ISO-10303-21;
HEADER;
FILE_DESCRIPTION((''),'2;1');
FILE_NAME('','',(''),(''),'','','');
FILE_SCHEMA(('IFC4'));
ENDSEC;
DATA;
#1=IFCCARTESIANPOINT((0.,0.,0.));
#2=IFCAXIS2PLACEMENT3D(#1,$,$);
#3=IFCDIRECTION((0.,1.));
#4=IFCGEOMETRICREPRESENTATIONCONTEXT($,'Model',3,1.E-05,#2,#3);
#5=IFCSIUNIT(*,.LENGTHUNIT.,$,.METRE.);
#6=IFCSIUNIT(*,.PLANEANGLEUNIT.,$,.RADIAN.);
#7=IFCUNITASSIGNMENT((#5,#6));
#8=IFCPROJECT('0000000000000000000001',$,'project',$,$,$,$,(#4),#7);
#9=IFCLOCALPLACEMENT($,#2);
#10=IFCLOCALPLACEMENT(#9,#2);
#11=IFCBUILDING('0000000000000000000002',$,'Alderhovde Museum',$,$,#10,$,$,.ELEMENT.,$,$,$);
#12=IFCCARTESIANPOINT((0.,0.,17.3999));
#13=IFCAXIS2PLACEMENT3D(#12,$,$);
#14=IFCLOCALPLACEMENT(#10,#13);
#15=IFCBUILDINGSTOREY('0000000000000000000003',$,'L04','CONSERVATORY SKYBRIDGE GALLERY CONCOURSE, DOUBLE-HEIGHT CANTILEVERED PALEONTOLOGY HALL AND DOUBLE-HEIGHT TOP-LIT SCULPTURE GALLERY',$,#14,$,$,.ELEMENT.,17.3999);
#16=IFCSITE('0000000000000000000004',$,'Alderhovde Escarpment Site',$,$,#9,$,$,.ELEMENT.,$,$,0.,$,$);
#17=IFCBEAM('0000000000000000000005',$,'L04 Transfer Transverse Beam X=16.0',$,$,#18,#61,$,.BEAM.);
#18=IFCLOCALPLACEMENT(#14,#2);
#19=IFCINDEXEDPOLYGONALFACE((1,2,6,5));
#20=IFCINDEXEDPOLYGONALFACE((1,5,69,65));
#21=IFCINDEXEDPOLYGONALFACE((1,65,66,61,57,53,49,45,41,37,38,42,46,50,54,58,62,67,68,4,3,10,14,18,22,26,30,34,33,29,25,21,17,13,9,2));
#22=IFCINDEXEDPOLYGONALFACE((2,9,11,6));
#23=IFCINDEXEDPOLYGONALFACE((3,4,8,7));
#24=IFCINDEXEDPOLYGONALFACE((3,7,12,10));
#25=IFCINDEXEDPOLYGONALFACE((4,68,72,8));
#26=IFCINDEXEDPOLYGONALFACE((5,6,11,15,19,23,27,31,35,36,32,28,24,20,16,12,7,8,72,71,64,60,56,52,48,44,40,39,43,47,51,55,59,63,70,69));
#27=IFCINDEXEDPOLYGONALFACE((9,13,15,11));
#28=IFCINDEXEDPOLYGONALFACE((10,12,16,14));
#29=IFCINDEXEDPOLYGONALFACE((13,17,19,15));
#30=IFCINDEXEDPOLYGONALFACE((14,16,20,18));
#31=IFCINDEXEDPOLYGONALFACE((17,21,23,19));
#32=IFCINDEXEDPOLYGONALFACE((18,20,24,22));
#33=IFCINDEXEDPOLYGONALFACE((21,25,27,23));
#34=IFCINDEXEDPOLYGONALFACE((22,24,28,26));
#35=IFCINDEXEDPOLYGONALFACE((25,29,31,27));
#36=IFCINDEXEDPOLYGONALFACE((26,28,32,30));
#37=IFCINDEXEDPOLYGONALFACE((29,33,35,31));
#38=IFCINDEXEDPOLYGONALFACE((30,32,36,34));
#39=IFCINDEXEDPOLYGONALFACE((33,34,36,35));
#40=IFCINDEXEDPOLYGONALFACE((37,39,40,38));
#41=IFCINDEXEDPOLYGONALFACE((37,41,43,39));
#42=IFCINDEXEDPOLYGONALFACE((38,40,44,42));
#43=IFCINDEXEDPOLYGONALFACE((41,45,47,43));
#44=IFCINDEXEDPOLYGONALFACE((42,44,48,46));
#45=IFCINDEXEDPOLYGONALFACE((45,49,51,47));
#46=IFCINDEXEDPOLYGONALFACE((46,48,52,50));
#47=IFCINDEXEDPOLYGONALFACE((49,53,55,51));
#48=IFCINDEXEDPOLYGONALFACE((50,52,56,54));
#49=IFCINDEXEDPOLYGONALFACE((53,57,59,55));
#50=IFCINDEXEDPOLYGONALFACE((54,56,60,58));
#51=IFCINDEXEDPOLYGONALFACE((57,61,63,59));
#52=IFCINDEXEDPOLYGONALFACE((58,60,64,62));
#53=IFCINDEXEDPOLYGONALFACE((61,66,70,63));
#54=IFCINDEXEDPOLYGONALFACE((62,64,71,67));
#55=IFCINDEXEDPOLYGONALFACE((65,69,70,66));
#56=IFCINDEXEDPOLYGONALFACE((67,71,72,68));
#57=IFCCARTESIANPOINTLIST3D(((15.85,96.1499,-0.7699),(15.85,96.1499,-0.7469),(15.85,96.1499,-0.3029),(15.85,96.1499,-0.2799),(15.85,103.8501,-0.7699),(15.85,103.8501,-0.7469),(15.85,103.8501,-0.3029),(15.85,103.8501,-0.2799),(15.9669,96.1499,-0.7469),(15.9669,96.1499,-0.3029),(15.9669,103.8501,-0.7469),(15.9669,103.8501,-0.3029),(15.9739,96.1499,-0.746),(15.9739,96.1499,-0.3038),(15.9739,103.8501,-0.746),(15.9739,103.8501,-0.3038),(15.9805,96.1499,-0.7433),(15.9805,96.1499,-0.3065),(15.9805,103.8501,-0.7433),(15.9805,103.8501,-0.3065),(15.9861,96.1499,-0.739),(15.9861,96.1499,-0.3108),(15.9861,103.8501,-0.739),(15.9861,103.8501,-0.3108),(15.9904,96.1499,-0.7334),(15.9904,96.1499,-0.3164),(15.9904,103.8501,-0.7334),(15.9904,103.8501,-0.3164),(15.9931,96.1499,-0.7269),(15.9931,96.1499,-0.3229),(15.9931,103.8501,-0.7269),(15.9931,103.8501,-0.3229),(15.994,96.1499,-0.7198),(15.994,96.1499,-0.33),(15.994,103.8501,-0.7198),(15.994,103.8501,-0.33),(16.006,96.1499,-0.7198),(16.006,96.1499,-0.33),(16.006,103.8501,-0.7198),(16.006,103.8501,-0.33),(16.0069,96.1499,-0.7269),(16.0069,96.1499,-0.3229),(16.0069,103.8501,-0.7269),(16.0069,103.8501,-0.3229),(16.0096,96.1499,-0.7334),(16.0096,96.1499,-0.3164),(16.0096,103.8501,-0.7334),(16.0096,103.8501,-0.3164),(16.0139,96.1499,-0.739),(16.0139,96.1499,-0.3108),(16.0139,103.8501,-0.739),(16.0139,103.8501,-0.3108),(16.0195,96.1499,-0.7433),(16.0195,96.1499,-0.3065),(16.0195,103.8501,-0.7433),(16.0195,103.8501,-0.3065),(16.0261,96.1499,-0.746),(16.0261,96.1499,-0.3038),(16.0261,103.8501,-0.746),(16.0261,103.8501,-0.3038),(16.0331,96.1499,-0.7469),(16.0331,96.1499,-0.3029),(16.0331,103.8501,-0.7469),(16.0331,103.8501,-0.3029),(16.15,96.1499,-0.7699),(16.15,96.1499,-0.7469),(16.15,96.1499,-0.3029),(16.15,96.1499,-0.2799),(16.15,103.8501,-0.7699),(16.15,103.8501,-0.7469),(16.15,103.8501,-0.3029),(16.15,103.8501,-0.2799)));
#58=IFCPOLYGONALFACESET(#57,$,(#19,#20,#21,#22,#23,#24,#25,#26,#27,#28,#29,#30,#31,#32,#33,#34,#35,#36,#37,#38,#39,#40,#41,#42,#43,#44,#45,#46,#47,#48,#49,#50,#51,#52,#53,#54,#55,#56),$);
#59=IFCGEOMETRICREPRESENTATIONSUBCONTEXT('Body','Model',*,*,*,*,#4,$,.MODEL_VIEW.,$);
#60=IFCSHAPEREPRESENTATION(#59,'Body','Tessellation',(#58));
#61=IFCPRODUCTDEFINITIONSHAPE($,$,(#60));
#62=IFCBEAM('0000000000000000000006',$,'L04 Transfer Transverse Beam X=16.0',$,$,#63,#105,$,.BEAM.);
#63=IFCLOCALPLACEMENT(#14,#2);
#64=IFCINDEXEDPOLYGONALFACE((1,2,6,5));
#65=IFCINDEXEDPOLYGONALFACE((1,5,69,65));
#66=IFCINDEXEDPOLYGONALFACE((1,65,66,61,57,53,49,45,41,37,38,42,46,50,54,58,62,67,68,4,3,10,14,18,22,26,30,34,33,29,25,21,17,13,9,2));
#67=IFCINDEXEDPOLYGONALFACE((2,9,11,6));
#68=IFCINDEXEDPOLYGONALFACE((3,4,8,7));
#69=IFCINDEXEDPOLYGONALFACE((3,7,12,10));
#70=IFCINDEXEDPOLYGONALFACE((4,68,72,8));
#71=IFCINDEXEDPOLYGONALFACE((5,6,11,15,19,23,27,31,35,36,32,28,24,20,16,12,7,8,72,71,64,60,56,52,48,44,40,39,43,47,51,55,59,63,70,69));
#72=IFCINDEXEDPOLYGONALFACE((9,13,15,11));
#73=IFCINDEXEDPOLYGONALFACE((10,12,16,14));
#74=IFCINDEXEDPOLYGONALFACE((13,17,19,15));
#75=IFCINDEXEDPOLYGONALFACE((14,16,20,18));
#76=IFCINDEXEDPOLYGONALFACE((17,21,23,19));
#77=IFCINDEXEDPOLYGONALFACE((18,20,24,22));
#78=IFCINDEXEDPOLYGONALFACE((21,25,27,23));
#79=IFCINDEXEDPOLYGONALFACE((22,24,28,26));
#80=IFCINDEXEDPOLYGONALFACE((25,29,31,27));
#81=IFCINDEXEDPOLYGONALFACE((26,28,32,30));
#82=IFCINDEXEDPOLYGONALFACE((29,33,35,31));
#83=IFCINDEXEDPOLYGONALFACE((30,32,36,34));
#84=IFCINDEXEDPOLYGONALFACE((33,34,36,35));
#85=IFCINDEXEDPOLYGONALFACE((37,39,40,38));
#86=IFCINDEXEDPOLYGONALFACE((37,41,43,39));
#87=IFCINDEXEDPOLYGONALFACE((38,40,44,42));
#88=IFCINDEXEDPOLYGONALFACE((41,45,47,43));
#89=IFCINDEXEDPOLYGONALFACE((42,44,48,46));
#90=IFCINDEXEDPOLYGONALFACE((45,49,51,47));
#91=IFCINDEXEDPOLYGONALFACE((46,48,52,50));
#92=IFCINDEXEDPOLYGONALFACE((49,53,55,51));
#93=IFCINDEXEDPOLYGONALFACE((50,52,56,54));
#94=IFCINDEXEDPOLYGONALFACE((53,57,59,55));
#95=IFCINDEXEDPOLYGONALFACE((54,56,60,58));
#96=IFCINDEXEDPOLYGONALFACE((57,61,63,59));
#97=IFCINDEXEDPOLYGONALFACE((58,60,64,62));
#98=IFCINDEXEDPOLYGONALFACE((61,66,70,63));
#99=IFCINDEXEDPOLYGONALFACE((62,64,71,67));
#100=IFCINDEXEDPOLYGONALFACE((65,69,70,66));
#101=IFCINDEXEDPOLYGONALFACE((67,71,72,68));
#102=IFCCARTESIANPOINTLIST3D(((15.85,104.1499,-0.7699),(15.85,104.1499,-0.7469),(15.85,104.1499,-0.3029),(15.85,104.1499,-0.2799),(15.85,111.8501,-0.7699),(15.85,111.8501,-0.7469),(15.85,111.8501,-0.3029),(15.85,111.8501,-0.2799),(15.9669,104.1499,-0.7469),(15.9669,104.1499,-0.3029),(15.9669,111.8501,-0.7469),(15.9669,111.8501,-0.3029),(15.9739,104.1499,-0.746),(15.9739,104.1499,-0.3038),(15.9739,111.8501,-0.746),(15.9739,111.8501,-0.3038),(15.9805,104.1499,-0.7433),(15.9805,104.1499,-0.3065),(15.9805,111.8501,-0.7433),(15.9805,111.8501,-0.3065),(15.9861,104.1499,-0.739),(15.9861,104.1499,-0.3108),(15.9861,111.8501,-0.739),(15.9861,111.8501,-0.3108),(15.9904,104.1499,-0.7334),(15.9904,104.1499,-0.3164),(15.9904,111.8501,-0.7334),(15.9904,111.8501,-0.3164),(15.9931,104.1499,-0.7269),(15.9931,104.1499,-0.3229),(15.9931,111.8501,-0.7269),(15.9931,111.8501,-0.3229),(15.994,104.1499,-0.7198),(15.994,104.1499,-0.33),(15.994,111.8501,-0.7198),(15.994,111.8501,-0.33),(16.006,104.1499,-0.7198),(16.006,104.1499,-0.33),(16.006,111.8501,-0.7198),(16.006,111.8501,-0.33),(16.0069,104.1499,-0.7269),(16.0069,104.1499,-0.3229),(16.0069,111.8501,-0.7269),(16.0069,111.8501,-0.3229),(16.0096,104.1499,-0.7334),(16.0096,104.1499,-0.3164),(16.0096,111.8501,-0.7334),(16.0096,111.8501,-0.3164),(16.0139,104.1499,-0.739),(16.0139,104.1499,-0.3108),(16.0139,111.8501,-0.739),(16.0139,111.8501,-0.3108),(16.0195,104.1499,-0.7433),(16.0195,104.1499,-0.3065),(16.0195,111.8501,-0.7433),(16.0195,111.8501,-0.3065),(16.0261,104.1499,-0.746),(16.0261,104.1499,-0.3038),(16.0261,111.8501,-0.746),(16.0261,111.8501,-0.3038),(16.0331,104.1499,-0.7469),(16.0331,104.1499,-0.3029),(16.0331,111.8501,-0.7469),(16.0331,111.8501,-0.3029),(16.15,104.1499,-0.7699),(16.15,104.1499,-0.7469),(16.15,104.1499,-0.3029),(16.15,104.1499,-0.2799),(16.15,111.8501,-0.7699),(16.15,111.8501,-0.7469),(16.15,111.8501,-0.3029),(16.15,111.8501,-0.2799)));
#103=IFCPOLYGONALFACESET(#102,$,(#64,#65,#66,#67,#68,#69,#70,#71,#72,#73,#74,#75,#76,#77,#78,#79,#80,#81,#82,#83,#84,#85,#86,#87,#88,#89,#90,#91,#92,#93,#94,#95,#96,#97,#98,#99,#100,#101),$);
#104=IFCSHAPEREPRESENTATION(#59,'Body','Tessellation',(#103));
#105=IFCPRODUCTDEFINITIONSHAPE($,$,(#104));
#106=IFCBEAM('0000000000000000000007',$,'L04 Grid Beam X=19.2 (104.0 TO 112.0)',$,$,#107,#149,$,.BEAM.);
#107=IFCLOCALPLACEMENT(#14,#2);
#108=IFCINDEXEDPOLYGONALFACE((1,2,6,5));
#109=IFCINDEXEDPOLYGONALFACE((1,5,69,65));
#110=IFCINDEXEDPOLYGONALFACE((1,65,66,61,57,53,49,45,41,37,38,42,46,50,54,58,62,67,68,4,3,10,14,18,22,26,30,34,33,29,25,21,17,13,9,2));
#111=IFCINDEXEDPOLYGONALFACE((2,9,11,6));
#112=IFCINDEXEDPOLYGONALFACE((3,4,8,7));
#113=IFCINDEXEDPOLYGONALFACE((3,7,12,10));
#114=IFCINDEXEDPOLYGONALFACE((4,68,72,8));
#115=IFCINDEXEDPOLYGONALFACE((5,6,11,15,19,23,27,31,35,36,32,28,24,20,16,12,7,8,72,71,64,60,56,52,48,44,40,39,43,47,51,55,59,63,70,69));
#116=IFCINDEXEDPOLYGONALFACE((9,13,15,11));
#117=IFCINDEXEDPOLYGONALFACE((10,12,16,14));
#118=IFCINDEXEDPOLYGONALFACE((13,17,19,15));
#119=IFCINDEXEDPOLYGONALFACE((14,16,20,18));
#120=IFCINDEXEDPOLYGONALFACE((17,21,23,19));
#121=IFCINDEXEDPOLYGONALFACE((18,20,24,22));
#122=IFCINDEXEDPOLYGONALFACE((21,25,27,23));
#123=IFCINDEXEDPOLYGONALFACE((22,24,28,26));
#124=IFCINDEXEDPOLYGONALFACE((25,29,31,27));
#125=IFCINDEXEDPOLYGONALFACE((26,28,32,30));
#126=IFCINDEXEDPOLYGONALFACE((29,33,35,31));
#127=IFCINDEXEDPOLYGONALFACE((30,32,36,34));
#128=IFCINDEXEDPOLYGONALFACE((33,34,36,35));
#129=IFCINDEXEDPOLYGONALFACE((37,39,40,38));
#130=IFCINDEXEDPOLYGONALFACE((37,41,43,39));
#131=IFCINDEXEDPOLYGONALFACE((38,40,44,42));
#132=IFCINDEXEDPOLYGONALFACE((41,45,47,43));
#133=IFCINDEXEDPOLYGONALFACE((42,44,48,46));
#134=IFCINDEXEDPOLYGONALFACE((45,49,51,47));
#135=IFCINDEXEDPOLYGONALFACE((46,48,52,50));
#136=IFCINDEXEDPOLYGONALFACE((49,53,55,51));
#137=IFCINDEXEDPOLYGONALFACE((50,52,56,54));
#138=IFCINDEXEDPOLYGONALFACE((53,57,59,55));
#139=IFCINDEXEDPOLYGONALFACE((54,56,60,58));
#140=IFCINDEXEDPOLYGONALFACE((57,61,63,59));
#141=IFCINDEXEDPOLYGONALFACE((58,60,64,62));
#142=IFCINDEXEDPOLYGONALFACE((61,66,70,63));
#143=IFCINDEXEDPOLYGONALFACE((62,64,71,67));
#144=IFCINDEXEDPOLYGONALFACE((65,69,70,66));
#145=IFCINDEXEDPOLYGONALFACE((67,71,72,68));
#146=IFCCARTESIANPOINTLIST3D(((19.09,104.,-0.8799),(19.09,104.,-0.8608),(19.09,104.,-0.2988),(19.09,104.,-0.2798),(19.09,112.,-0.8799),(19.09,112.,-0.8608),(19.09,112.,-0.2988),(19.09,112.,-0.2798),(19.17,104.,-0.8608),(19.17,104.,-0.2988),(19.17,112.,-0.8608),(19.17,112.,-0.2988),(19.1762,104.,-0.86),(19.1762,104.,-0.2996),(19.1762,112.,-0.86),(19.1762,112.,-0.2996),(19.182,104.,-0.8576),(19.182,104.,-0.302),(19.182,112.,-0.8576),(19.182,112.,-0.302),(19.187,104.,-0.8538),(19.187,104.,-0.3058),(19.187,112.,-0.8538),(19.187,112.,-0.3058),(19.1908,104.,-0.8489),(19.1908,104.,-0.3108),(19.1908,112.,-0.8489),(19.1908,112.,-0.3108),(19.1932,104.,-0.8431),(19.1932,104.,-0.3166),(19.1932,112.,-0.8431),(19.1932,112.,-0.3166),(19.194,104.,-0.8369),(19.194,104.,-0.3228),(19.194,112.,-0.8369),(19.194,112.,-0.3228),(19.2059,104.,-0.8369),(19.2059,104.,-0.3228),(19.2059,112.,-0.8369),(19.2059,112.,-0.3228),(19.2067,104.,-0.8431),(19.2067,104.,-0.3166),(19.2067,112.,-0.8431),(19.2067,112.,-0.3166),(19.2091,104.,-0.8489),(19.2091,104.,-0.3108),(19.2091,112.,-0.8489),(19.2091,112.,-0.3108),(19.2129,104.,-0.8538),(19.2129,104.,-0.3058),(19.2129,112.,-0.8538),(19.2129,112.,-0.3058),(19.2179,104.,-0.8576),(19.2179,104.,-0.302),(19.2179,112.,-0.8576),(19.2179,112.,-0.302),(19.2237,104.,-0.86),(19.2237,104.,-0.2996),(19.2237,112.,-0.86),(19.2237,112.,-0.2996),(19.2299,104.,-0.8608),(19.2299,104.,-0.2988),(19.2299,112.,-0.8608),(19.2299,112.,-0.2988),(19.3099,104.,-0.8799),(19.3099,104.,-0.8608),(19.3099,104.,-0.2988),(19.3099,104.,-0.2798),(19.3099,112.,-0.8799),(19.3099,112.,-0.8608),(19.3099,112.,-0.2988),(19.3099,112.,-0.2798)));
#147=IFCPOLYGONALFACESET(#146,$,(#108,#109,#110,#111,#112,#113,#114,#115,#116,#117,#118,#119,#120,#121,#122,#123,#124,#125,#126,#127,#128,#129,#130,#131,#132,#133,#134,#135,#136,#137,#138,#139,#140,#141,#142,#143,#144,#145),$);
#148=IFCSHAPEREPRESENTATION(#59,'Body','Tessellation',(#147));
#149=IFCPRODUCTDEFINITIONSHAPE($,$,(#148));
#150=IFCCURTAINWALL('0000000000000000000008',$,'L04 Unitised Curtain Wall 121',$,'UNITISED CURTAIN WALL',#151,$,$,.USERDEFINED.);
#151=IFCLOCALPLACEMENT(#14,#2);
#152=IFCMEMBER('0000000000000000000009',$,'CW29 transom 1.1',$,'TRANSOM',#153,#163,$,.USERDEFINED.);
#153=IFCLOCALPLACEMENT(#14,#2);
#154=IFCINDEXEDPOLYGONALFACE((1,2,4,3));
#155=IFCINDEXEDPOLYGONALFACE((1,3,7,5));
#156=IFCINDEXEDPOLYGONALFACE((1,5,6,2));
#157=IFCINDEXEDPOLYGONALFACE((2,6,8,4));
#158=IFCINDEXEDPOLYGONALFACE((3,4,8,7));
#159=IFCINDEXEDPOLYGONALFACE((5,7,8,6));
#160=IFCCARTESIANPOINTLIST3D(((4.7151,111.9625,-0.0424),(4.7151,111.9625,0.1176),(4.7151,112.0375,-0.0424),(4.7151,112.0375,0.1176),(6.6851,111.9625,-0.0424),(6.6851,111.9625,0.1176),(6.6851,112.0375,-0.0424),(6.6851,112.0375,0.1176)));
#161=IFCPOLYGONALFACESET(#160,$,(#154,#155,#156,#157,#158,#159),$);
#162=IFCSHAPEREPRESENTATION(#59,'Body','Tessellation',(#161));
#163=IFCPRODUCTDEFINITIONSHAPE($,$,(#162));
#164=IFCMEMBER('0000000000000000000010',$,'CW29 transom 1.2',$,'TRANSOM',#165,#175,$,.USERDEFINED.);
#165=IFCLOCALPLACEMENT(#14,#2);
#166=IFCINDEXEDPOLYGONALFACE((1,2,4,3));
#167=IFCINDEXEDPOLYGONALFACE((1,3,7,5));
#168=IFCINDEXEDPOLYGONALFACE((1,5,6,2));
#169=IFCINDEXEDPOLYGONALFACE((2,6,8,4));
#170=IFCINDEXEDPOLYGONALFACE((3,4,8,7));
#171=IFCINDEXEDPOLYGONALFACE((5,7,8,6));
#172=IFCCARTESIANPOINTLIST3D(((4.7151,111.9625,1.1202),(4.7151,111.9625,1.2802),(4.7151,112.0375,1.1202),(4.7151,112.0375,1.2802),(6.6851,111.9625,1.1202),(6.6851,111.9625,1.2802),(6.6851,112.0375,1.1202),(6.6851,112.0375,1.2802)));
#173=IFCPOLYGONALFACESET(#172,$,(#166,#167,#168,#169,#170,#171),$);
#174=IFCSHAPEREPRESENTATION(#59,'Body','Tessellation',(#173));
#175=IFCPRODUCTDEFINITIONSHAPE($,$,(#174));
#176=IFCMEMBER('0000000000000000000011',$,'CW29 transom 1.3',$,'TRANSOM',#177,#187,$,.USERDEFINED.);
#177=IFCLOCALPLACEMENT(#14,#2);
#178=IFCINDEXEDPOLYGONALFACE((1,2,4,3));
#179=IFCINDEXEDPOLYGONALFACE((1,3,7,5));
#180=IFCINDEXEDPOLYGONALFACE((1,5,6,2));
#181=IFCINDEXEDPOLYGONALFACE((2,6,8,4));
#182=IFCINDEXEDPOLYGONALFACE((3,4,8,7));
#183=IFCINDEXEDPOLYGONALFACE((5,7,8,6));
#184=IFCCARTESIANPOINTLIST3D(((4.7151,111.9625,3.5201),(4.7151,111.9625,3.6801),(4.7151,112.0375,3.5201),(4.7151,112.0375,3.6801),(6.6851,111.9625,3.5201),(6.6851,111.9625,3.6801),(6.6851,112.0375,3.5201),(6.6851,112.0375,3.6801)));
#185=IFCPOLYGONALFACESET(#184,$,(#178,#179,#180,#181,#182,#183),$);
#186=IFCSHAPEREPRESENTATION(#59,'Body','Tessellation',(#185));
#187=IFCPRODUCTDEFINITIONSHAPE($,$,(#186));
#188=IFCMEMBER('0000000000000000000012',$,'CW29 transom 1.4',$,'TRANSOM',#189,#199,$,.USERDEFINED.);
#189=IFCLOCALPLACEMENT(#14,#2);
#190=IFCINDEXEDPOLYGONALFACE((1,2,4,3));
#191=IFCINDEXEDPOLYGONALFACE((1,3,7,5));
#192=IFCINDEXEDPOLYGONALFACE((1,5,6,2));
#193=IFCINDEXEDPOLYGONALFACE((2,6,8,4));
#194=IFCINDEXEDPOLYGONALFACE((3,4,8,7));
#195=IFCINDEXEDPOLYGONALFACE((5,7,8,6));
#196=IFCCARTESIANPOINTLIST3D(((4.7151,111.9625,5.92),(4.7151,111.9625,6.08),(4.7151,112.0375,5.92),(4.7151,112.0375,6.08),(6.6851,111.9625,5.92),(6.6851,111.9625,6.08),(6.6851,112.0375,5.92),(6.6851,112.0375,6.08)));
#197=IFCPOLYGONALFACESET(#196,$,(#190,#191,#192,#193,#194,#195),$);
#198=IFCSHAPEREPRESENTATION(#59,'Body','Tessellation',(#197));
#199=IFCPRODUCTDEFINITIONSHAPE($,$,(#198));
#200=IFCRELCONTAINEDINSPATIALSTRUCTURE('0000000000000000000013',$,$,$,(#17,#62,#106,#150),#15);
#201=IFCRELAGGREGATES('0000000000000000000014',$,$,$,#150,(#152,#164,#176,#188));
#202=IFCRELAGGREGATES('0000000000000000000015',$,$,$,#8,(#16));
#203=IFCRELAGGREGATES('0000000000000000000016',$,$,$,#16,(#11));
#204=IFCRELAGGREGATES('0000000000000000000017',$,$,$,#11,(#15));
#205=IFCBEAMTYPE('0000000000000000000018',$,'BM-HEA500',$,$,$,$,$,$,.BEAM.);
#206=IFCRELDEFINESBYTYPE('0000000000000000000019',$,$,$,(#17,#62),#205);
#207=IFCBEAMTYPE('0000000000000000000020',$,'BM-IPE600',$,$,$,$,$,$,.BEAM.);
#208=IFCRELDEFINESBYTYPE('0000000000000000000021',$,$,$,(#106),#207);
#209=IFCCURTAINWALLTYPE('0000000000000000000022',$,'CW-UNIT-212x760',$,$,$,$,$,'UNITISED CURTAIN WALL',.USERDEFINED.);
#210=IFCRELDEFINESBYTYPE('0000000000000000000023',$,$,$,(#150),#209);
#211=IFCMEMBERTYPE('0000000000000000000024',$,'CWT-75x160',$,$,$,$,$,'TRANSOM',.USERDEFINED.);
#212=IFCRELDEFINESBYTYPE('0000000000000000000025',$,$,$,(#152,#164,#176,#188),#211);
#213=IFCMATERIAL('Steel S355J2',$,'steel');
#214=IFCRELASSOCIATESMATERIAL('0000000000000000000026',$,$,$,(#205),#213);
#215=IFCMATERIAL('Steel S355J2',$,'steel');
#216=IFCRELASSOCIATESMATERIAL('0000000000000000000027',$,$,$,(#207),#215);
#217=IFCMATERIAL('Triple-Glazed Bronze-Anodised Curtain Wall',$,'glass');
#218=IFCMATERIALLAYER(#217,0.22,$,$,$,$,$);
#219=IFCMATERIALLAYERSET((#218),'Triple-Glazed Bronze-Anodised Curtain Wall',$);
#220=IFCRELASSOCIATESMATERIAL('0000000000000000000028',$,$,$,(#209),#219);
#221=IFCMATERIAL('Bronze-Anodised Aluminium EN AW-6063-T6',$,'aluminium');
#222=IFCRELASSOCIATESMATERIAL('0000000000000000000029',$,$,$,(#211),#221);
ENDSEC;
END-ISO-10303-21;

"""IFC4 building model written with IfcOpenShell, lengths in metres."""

from ifc_helpers import new_model, si_unit, direction, frame, origin, origin_2d, place, context, subcontext, project, spatial, rectangle, i_section, extrude, material, layer, layer_set, material_profile, profile_set, type_object, element, aggregate, save


model = new_model("IFC4")

# Units and contexts
model_context = context("Model", 3, precision=1e-05, world=origin(), true_north=direction((0.0, 1.0)))
body_context = subcontext(model_context, "Body", "Model", "MODEL_VIEW")
ifc_project = project(units=[si_unit("LENGTHUNIT", "METRE"), si_unit("PLANEANGLEUNIT", "RADIAN")], contexts=[model_context])

# Site, building, storey
site_placement = place(None, origin())
site = spatial("IfcSite", under=ifc_project, at=site_placement, Name="Alderhovde Escarpment Site", CompositionType="ELEMENT", RefElevation=0.0)
building_placement = place(site_placement, origin())
building = spatial("IfcBuilding", under=site, at=building_placement, Name="Alderhovde Museum", CompositionType="ELEMENT")
storey_placement = place(building_placement, frame((0.0, 0.0, 17.3999)))
storey = spatial("IfcBuildingStorey", under=building, at=storey_placement, Name="L04", Description="CONSERVATORY SKYBRIDGE GALLERY CONCOURSE, DOUBLE-HEIGHT CANTILEVERED PALEONTOLOGY HALL AND DOUBLE-HEIGHT TOP-LIT SCULPTURE GALLERY", CompositionType="ELEMENT", Elevation=17.3999)

# Beams
ifc_material_1 = material(Name="Steel S355J2", Category="steel")
ifc_material_profile_1 = material_profile(ifc_material_1, i_section(OverallWidth=0.3, OverallDepth=0.49, WebThickness=0.012, FlangeThickness=0.0229, FilletRadius=0.0271, at=origin_2d()), Name="HEA 500")
ifc_profile_set_1 = profile_set([ifc_material_profile_1], Name="Steel S355J2")
beam_type_1 = type_object("IfcBeamType", Name="BM-HEA500", PredefinedType="BEAM", material=ifc_profile_set_1)
for number, where, z_axis, x_axis, name in (
    (1, (16.0, 96.1499, -0.5249), (0.0, 1.0, 0.0), (-1.0, 0.0, 0.0), "L04 Transfer Transverse Beam X=16.0"),
    (2, (16.0, 104.1499, -0.5249), (0.0, 1.0, 0.0), (-1.0, 0.0, 0.0), "L04 Transfer Transverse Beam X=16.0"),
):
    element("IfcBeam", number, at=place(storey_placement, frame(where, z_axis=z_axis, x_axis=x_axis)), inside=storey, type_object=beam_type_1, Name=name, PredefinedType="BEAM", context=body_context, shape_type="SweptSolid", body=[
        extrude(i_section(OverallWidth=0.3, OverallDepth=0.49, WebThickness=0.012, FlangeThickness=0.0229, FilletRadius=0.0271, at=origin_2d()), origin(), (0.0, 0.0, 1.0), 7.7002),
    ])
ifc_material_2 = material(Name="Steel S355J2", Category="steel")
ifc_material_profile_2 = material_profile(ifc_material_2, i_section(OverallWidth=0.22, OverallDepth=0.6001, WebThickness=0.012, FlangeThickness=0.019, FilletRadius=0.0239, at=origin_2d()), Name="IPE 600")
ifc_profile_set_2 = profile_set([ifc_material_profile_2], Name="Steel S355J2")
beam_type_2 = type_object("IfcBeamType", Name="BM-IPE600", PredefinedType="BEAM", material=ifc_profile_set_2)
beam_1_placement = place(storey_placement, frame((19.2, 104.0, -0.5798), z_axis=(0.0, 1.0, 0.0), x_axis=(-1.0, 0.0, 0.0)))
element("IfcBeam", 3, at=beam_1_placement, inside=storey, type_object=beam_type_2, Name="L04 Grid Beam X=19.2 (104.0 TO 112.0)", PredefinedType="BEAM", context=body_context, shape_type="SweptSolid", body=[
    extrude(i_section(OverallWidth=0.22, OverallDepth=0.6001, WebThickness=0.012, FlangeThickness=0.019, FilletRadius=0.0239, at=origin_2d()), origin(), (0.0, 0.0, 1.0), 8.0),
])

# Curtain wall, members
ifc_material_3 = material(Name="Triple-Glazed Bronze-Anodised Curtain Wall", Category="glass")
ifc_layer_1 = layer(ifc_material_3, 0.22)
ifc_layer_set_1 = layer_set([ifc_layer_1], Name="Triple-Glazed Bronze-Anodised Curtain Wall")
curtain_wall_type = type_object("IfcCurtainWallType", Name="CW-UNIT-212x760", ElementType="UNITISED CURTAIN WALL", PredefinedType="USERDEFINED", material=ifc_layer_set_1)
curtain_wall_placement = place(storey_placement, origin())
curtain_wall = element("IfcCurtainWall", 4, at=curtain_wall_placement, inside=storey, type_object=curtain_wall_type, Name="L04 Unitised Curtain Wall 121", ObjectType="UNITISED CURTAIN WALL", PredefinedType="USERDEFINED")
ifc_material_4 = material(Name="Bronze-Anodised Aluminium EN AW-6063-T6", Category="aluminium")
ifc_material_profile_3 = material_profile(ifc_material_4, rectangle(XDim=0.075, YDim=0.1599, at=origin_2d()), Name="TRANSOM 75x160")
ifc_profile_set_3 = profile_set([ifc_material_profile_3], Name="Bronze-Anodised Aluminium EN AW-6063-T6")
member_type_1 = type_object("IfcMemberType", Name="CWT-75x160", ElementType="TRANSOM", PredefinedType="USERDEFINED", material=ifc_profile_set_3)
member_1_placement = place(storey_placement, frame((4.7151, 112.0, 0.0376), z_axis=(1.0, 0.0, 0.0), x_axis=(0.0, 1.0, 0.0)))
member_1 = element("IfcMember", 5, at=member_1_placement, type_object=member_type_1, Name="CW29 transom 1.1", ObjectType="TRANSOM", PredefinedType="USERDEFINED", context=body_context, shape_type="SweptSolid", body=[
    extrude(rectangle(XDim=0.075, YDim=0.1599, at=origin_2d()), origin(), (0.0, 0.0, 1.0), 1.97),
])
member_2_placement = place(storey_placement, frame((4.7151, 112.0, 1.2002), z_axis=(1.0, 0.0, 0.0), x_axis=(0.0, 1.0, 0.0)))
member_2 = element("IfcMember", 6, at=member_2_placement, type_object=member_type_1, Name="CW29 transom 1.2", ObjectType="TRANSOM", PredefinedType="USERDEFINED", context=body_context, shape_type="SweptSolid", body=[
    extrude(rectangle(XDim=0.075, YDim=0.1599, at=origin_2d()), origin(), (0.0, 0.0, 1.0), 1.97),
])
member_3_placement = place(storey_placement, frame((4.7151, 112.0, 3.6001), z_axis=(1.0, 0.0, 0.0), x_axis=(0.0, 1.0, 0.0)))
member_3 = element("IfcMember", 7, at=member_3_placement, type_object=member_type_1, Name="CW29 transom 1.3", ObjectType="TRANSOM", PredefinedType="USERDEFINED", context=body_context, shape_type="SweptSolid", body=[
    extrude(rectangle(XDim=0.075, YDim=0.1599, at=origin_2d()), origin(), (0.0, 0.0, 1.0), 1.97),
])
member_4_placement = place(storey_placement, frame((4.7151, 112.0, 6.0), z_axis=(1.0, 0.0, 0.0), x_axis=(0.0, 1.0, 0.0)))
member_4 = element("IfcMember", 8, at=member_4_placement, type_object=member_type_1, Name="CW29 transom 1.4", ObjectType="TRANSOM", PredefinedType="USERDEFINED", context=body_context, shape_type="SweptSolid", body=[
    extrude(rectangle(XDim=0.075, YDim=0.1599, at=origin_2d()), origin(), (0.0, 0.0, 1.0), 1.97),
])

aggregate(curtain_wall, [member_1, member_2, member_3, member_4])

save(model, "model.ifc")
